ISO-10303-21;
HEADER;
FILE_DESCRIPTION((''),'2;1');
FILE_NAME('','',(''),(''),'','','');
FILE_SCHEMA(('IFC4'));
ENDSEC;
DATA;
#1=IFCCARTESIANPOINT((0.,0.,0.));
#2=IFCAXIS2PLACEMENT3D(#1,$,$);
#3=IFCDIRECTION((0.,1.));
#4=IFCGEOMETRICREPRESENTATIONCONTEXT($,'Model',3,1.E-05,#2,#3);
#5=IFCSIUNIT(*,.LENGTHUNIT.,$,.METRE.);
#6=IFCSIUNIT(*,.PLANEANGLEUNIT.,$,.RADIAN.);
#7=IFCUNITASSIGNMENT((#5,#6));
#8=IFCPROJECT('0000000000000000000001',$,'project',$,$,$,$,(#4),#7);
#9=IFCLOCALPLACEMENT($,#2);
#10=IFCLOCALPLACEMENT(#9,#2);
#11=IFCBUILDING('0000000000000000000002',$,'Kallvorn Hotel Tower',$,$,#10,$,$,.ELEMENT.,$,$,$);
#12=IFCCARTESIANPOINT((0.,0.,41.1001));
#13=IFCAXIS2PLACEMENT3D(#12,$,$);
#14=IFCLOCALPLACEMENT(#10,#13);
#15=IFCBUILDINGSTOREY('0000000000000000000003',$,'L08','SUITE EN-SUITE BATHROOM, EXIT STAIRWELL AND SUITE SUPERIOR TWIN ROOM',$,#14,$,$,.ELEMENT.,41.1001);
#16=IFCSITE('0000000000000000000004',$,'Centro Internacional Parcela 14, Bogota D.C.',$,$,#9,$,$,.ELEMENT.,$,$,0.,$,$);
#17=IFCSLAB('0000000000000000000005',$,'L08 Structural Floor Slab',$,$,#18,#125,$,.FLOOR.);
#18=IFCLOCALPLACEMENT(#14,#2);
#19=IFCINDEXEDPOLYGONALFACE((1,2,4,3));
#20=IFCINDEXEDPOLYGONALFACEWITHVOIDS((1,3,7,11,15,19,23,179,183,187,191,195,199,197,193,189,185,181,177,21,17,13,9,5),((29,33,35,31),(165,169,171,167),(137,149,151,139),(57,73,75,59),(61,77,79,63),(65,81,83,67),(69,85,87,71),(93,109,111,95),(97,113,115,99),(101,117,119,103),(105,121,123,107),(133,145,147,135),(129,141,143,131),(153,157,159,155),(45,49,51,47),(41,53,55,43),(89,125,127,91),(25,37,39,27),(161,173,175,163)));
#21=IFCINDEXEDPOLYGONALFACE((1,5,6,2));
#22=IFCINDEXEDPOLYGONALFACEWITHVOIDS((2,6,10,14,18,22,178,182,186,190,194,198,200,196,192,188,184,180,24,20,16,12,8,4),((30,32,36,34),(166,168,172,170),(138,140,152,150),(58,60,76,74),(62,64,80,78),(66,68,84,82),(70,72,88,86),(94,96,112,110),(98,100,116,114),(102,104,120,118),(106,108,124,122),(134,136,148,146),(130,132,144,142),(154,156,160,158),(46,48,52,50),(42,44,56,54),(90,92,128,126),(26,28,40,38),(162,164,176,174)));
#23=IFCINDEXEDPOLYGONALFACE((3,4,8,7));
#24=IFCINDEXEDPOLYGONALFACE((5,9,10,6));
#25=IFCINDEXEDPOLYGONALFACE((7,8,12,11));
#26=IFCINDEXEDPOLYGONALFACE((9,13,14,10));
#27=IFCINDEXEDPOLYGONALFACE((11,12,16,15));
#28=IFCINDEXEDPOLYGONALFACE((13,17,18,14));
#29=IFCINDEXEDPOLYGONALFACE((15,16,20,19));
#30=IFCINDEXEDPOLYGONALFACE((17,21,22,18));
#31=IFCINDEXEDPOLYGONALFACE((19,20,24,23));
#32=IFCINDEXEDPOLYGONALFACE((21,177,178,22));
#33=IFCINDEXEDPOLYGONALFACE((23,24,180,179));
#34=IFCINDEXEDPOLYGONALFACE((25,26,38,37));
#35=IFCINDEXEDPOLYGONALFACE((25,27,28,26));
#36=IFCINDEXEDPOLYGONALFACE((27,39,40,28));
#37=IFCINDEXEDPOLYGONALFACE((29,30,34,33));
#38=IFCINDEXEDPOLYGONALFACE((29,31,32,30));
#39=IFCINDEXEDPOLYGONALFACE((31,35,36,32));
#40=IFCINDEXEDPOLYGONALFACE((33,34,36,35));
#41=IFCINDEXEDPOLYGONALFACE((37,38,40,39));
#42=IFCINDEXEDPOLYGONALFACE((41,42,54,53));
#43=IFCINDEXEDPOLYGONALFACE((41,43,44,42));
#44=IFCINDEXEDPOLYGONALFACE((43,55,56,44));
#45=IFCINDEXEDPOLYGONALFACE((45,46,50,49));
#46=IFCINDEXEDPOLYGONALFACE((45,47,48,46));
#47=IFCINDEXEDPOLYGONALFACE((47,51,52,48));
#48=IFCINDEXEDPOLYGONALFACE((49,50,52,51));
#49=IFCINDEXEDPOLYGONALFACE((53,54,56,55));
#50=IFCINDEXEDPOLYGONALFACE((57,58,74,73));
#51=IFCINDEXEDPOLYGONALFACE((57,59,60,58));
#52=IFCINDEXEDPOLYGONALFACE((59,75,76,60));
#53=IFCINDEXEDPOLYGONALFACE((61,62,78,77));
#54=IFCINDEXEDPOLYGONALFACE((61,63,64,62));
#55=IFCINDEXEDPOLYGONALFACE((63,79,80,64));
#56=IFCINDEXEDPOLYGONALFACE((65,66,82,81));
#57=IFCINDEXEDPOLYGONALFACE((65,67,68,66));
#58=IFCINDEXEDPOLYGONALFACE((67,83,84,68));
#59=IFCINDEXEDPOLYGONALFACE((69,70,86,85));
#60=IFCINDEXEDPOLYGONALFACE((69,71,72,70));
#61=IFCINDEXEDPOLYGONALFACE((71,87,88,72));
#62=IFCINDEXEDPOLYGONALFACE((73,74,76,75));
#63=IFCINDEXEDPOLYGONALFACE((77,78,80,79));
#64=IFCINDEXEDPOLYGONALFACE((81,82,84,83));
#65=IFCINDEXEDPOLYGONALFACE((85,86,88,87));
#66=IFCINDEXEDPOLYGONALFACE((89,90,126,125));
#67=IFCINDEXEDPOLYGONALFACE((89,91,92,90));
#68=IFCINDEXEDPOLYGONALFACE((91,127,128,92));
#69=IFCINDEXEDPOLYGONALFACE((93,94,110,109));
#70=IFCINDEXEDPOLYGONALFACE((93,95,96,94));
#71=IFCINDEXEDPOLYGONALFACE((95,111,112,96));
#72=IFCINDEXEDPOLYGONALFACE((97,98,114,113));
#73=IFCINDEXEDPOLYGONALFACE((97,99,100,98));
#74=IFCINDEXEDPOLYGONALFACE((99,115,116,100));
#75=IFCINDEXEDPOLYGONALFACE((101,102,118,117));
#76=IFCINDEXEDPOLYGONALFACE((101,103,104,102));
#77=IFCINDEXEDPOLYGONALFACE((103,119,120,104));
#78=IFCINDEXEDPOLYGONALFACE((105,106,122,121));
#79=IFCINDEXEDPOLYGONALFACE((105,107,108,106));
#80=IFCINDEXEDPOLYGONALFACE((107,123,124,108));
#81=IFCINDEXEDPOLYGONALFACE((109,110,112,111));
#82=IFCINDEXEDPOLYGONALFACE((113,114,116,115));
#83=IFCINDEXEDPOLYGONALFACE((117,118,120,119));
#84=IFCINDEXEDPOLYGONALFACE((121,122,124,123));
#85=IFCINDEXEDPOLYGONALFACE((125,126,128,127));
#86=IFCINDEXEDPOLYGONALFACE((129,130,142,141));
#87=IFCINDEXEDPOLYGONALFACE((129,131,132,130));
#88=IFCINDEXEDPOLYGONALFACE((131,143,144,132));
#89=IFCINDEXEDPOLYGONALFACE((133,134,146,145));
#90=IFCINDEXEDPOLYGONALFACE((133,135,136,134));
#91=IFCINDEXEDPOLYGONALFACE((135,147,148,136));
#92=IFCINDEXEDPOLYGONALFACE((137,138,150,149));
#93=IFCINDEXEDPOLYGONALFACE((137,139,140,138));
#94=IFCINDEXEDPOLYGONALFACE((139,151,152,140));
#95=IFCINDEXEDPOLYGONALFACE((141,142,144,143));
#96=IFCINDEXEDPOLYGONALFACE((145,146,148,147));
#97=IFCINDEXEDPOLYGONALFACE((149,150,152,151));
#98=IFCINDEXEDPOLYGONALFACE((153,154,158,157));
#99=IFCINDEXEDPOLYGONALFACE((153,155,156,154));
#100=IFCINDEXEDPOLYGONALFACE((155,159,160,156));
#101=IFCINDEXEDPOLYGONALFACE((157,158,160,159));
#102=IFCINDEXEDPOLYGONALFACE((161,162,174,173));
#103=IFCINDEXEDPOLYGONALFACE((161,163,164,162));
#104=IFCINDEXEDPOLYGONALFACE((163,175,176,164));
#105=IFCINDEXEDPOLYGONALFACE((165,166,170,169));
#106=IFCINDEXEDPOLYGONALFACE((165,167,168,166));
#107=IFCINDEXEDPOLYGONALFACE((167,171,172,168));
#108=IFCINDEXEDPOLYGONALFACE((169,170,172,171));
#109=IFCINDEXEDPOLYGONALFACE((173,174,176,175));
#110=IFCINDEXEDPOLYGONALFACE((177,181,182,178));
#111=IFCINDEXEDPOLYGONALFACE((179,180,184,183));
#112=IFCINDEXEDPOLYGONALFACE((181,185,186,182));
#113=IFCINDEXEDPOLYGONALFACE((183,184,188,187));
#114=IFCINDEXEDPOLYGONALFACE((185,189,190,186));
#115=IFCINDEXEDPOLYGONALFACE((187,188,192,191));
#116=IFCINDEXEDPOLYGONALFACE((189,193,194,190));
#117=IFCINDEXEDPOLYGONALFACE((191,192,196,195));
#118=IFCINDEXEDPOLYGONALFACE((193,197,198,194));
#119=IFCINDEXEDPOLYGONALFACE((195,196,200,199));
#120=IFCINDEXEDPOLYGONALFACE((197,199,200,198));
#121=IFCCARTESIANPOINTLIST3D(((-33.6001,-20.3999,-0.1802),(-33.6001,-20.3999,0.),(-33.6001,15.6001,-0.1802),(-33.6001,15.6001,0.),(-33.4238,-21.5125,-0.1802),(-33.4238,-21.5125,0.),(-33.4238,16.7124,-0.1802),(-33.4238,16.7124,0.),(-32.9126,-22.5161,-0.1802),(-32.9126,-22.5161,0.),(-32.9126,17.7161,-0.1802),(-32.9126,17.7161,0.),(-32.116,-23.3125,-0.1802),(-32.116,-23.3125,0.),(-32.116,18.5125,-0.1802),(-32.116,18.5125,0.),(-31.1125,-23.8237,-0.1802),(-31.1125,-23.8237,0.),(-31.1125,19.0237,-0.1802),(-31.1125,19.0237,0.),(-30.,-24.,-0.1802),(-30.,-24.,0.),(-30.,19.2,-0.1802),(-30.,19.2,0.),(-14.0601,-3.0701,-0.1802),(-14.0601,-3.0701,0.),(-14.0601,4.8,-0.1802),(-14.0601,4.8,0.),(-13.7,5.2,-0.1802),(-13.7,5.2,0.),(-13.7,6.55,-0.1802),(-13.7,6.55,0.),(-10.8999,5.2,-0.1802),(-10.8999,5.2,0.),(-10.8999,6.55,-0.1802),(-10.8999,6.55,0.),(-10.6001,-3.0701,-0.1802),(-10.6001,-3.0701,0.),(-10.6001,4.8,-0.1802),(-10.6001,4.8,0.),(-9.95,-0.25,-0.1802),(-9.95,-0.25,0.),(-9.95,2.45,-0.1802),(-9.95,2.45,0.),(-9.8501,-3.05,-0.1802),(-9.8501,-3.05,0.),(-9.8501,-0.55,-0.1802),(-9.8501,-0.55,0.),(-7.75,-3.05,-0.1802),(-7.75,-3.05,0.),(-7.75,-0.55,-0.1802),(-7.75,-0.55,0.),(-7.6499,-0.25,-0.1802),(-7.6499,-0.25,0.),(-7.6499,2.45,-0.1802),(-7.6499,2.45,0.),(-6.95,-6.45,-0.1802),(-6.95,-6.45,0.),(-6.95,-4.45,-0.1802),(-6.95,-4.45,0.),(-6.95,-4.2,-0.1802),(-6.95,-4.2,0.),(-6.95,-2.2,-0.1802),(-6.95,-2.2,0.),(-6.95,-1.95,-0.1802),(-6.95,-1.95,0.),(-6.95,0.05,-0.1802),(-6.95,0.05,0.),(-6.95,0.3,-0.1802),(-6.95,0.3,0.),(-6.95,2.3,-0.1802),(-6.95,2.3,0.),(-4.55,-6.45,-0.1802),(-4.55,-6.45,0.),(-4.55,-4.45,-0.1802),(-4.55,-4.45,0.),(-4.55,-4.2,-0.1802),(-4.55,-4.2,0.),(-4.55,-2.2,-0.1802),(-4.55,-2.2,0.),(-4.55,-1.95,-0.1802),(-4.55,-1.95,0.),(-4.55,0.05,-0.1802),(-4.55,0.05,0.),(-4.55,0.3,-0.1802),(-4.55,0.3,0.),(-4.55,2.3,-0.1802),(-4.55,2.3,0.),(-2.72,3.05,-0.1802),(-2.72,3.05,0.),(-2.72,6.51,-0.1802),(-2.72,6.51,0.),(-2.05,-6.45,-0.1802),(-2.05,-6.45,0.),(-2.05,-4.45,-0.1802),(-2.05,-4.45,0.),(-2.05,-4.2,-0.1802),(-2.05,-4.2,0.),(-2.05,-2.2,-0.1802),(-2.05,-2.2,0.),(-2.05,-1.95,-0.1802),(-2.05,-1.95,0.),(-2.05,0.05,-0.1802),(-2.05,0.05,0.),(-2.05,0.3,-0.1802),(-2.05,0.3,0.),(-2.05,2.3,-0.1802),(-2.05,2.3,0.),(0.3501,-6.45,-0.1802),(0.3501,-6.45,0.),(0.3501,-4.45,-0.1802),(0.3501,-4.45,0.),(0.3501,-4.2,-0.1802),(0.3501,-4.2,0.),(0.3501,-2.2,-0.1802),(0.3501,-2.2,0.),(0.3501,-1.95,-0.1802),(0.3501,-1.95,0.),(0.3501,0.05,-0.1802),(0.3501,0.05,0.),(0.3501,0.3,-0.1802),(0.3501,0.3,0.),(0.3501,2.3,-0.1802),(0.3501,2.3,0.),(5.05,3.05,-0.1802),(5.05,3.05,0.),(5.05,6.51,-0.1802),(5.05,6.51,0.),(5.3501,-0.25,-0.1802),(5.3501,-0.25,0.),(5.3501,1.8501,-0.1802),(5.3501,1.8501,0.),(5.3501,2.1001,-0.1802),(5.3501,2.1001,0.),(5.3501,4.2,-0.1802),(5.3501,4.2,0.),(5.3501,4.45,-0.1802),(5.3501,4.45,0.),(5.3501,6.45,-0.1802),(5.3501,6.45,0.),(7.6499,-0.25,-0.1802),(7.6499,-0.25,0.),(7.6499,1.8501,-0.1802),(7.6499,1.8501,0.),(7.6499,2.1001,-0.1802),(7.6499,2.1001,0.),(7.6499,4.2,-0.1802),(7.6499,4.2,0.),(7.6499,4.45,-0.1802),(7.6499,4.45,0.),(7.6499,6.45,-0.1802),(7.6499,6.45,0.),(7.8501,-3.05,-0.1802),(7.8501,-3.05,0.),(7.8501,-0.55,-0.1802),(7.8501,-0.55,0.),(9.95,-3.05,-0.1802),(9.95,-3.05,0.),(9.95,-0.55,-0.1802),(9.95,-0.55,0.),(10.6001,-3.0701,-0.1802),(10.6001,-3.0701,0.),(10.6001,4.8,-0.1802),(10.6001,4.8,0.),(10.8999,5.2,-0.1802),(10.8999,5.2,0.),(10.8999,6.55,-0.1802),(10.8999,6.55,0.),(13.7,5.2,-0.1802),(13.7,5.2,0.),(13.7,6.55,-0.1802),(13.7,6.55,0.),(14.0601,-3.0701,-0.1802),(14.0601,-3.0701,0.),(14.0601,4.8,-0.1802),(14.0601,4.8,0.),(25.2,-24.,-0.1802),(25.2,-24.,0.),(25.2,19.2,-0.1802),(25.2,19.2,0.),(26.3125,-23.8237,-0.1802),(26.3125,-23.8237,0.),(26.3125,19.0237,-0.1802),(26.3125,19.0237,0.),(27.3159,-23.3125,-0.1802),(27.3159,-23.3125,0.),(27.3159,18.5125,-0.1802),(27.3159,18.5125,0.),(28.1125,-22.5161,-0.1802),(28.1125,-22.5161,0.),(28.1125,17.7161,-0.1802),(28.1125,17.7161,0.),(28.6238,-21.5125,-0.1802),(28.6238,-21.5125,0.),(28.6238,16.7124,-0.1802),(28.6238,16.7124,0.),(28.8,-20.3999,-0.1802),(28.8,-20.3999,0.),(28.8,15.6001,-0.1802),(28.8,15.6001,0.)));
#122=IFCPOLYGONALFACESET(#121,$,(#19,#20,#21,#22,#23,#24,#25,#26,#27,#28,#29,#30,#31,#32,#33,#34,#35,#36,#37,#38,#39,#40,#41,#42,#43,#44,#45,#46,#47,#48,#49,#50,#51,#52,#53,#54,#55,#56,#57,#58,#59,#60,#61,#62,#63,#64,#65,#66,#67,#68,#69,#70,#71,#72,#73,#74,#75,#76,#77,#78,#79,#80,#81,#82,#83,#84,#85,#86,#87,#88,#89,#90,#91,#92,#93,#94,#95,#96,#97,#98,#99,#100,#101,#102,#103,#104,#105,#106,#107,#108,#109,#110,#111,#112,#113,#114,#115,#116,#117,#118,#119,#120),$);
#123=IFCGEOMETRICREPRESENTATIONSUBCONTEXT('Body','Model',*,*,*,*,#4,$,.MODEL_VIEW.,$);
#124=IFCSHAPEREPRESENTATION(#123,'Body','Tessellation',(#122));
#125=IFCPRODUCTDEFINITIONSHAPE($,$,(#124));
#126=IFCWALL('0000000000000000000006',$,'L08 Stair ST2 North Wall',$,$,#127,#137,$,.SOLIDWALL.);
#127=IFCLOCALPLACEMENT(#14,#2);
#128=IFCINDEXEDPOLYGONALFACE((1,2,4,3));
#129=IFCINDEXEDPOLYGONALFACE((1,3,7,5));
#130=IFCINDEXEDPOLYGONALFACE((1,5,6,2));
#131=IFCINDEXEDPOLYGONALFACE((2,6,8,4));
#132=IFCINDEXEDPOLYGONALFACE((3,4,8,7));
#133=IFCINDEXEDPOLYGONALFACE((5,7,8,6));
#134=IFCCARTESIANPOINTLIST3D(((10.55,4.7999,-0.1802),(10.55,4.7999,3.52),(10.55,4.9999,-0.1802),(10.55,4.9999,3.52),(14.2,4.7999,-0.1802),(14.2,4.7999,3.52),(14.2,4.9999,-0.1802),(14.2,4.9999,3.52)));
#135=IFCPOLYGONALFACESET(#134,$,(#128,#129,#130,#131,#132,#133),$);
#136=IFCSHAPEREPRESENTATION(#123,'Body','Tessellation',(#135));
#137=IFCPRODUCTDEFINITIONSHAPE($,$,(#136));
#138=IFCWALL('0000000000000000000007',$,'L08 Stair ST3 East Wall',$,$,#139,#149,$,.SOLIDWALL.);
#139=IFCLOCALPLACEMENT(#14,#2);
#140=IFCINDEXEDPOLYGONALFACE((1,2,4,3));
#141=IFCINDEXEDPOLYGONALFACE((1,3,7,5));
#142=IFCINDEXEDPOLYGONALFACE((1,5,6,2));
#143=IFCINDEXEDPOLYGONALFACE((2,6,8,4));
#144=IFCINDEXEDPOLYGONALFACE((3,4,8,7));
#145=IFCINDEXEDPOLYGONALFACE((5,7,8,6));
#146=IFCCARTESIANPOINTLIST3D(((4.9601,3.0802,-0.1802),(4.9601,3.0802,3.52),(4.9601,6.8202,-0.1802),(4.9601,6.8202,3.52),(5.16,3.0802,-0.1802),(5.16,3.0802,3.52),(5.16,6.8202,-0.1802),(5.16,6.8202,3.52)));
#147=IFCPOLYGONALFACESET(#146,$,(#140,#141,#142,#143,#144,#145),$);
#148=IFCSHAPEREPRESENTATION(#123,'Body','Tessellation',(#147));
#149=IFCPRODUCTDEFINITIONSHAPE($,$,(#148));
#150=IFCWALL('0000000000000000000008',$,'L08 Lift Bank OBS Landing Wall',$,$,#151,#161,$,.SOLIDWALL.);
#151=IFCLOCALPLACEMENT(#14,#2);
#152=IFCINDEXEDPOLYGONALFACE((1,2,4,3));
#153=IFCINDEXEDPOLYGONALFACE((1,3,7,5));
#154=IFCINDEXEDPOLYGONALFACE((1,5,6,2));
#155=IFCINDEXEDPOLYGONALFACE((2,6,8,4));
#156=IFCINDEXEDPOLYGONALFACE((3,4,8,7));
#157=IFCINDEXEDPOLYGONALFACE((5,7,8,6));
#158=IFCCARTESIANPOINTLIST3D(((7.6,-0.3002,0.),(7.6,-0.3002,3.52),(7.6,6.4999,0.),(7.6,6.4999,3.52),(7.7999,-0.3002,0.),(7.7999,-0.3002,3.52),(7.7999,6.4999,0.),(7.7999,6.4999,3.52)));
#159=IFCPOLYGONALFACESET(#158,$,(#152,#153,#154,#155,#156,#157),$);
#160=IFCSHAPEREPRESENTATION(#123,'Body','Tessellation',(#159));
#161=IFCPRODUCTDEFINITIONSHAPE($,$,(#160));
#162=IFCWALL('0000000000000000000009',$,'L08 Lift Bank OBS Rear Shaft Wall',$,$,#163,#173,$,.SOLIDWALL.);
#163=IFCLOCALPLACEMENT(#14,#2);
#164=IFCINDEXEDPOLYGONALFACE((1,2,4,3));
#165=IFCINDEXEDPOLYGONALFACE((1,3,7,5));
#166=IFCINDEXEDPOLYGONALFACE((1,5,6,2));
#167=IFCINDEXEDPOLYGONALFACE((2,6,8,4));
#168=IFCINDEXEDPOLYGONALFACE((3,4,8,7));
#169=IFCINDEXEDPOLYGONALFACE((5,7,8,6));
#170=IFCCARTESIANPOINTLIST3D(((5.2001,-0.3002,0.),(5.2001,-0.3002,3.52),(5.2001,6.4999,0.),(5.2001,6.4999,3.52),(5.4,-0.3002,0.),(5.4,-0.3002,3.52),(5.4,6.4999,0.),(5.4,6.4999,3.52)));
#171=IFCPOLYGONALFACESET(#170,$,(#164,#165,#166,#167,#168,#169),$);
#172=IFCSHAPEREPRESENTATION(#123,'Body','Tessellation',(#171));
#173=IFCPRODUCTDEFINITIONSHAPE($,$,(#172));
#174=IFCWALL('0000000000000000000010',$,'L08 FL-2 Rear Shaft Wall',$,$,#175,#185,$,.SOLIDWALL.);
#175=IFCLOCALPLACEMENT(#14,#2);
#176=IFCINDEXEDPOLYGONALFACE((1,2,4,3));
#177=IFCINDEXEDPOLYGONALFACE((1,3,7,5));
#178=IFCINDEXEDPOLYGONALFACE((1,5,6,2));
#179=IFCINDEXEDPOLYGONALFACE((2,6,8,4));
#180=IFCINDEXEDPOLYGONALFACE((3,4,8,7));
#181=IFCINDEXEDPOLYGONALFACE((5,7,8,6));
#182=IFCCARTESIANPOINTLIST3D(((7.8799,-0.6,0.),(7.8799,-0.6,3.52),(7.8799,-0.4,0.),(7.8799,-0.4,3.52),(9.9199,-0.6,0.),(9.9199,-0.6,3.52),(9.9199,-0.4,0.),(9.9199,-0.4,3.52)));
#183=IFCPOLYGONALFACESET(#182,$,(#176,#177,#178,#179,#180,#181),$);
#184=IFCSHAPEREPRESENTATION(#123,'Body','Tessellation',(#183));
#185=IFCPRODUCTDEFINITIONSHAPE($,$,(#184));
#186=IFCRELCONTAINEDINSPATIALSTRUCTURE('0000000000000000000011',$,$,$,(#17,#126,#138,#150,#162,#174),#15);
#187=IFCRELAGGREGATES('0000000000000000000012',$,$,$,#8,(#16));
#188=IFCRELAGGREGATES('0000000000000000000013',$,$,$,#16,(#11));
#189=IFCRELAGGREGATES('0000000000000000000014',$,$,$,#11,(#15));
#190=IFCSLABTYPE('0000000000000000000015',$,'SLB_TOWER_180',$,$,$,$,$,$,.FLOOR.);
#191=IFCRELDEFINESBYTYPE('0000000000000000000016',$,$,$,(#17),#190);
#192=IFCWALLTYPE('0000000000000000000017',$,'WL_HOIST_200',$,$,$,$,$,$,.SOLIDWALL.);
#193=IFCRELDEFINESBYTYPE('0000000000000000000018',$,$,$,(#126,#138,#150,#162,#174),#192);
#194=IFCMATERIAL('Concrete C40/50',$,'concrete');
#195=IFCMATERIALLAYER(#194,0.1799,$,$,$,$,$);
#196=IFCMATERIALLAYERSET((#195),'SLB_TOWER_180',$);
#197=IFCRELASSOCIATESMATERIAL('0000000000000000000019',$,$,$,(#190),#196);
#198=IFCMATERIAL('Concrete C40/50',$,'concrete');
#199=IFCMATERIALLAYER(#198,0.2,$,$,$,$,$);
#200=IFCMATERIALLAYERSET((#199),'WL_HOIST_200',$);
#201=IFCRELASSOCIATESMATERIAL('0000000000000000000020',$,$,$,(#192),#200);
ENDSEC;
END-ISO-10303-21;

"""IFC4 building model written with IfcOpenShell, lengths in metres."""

from ifc_helpers import new_model, si_unit, direction, frame, frame_2d, origin, place, context, subcontext, project, spatial, polyline, rectangle, outline, extrude, material, layer, layer_set, type_object, element, save


model = new_model("IFC4")

# Units and contexts
model_context = context("Model", 3, precision=1e-05, world=origin(), true_north=direction((0.0, 1.0)))
body_context = subcontext(model_context, "Body", "Model", "MODEL_VIEW")
ifc_project = project(units=[si_unit("LENGTHUNIT", "METRE"), si_unit("PLANEANGLEUNIT", "RADIAN")], contexts=[model_context])

# Site, building, storey
site_placement = place(None, origin())
site = spatial("IfcSite", under=ifc_project, at=site_placement, Name="Centro Internacional Parcela 14, Bogota D.C.", CompositionType="ELEMENT", RefElevation=0.0)
building_placement = place(site_placement, origin())
building = spatial("IfcBuilding", under=site, at=building_placement, Name="Kallvorn Hotel Tower", CompositionType="ELEMENT")
storey_placement = place(building_placement, frame((0.0, 0.0, 41.1001)))
storey = spatial("IfcBuildingStorey", under=building, at=storey_placement, Name="L08", Description="SUITE EN-SUITE BATHROOM, EXIT STAIRWELL AND SUITE SUPERIOR TWIN ROOM", CompositionType="ELEMENT", Elevation=41.1001)

# Slab
ifc_material_1 = material(Name="Concrete C40/50", Category="concrete")
ifc_layer_1 = layer(ifc_material_1, 0.1799)
ifc_layer_set_1 = layer_set([ifc_layer_1], Name="SLB_TOWER_180")
slab_type_1 = type_object("IfcSlabType", Name="SLB_TOWER_180", PredefinedType="FLOOR", material=ifc_layer_set_1)
slab_1_placement = place(storey_placement, frame((0.0, 0.0, -0.1802)))
element("IfcSlab", 1, at=slab_1_placement, inside=storey, type_object=slab_type_1, Name="L08 Structural Floor Slab", PredefinedType="FLOOR", context=body_context, shape_type="SweptSolid", body=[
    extrude(outline(polyline([(25.2, -24.0), (26.3125, -23.8237), (27.3159, -23.3125), (28.1125, -22.5161), (28.6238, -21.5125), (28.8, -20.3999), (28.8, 15.6001), (28.6238, 16.7124), (28.1125, 17.7161), (27.3159, 18.5125), (26.3125, 19.0237), (25.2, 19.2), (-30.0, 19.2), (-31.1125, 19.0237), (-32.116, 18.5125), (-32.9126, 17.7161), (-33.4238, 16.7124), (-33.6001, 15.6001), (-33.6001, -20.3999), (-33.4238, -21.5125), (-32.9126, -22.5161), (-32.116, -23.3125), (-31.1125, -23.8237), (-30.0, -24.0), (25.2, -24.0)]), holes=[polyline([(-10.6001, -3.0701), (-10.6001, 4.8), (-14.0601, 4.8), (-14.0601, -3.0701), (-10.6001, -3.0701)]), polyline([(14.0601, -3.0701), (14.0601, 4.8), (10.6001, 4.8), (10.6001, -3.0701), (14.0601, -3.0701)]), polyline([(-2.72, 3.05), (5.05, 3.05), (5.05, 6.51), (-2.72, 6.51), (-2.72, 3.05)]), polyline([(-6.95, -6.45), (-4.55, -6.45), (-4.55, -4.45), (-6.95, -4.45), (-6.95, -6.45)]), polyline([(-6.95, -4.2), (-4.55, -4.2), (-4.55, -2.2), (-6.95, -2.2), (-6.95, -4.2)]), polyline([(-6.95, -1.95), (-4.55, -1.95), (-4.55, 0.05), (-6.95, 0.05), (-6.95, -1.95)]), polyline([(-6.95, 0.3), (-4.55, 0.3), (-4.55, 2.3), (-6.95, 2.3), (-6.95, 0.3)]), polyline([(-2.05, -6.45), (0.3501, -6.45), (0.3501, -4.45), (-2.05, -4.45), (-2.05, -6.45)]), polyline([(-2.05, -4.2), (0.3501, -4.2), (0.3501, -2.2), (-2.05, -2.2), (-2.05, -4.2)]), polyline([(-2.05, -1.95), (0.3501, -1.95), (0.3501, 0.05), (-2.05, 0.05), (-2.05, -1.95)]), polyline([(-2.05, 0.3), (0.3501, 0.3), (0.3501, 2.3), (-2.05, 2.3), (-2.05, 0.3)]), polyline([(5.3501, -0.25), (7.6499, -0.25), (7.6499, 1.8501), (5.3501, 1.8501), (5.3501, -0.25)]), polyline([(5.3501, 2.1001), (7.6499, 2.1001), (7.6499, 4.2), (5.3501, 4.2), (5.3501, 2.1001)]), polyline([(5.3501, 4.45), (7.6499, 4.45), (7.6499, 6.45), (5.3501, 6.45), (5.3501, 4.45)]), polyline([(-9.8501, -3.05), (-7.75, -3.05), (-7.75, -0.55), (-9.8501, -0.55), (-9.8501, -3.05)]), polyline([(7.8501, -3.05), (9.95, -3.05), (9.95, -0.55), (7.8501, -0.55), (7.8501, -3.05)]), polyline([(-9.95, -0.25), (-7.6499, -0.25), (-7.6499, 2.45), (-9.95, 2.45), (-9.95, -0.25)]), polyline([(-13.7, 5.2), (-10.8999, 5.2), (-10.8999, 6.55), (-13.7, 6.55), (-13.7, 5.2)]), polyline([(10.8999, 5.2), (13.7, 5.2), (13.7, 6.55), (10.8999, 6.55), (10.8999, 5.2)])]), origin(), (0.0, 0.0, 1.0), 0.1802),
])

# Walls
ifc_material_2 = material(Name="Concrete C40/50", Category="concrete")
ifc_layer_2 = layer(ifc_material_2, 0.2)
ifc_layer_set_2 = layer_set([ifc_layer_2], Name="WL_HOIST_200")
wall_type_1 = type_object("IfcWallType", Name="WL_HOIST_200", PredefinedType="SOLIDWALL", material=ifc_layer_set_2)
wall_1_placement = place(storey_placement, frame((10.55, 4.8999, -0.1802), z_axis=(0.0, 0.0, 1.0), x_axis=(1.0, 0.0, 0.0)))
element("IfcWall", 2, at=wall_1_placement, inside=storey, type_object=wall_type_1, Name="L08 Stair ST2 North Wall", PredefinedType="SOLIDWALL", context=body_context, shape_type="SweptSolid", body=[
    extrude(rectangle(XDim=3.6499, YDim=0.2, at=frame_2d((1.825, 0.0))), origin(), (0.0, 0.0, 1.0), 3.7002),
])
wall_2_placement = place(storey_placement, frame((5.0601, 3.0801, -0.1802), z_axis=(0.0, 0.0, 1.0), x_axis=(0.0, 1.0, 0.0)))
element("IfcWall", 3, at=wall_2_placement, inside=storey, type_object=wall_type_1, Name="L08 Stair ST3 East Wall", PredefinedType="SOLIDWALL", context=body_context, shape_type="SweptSolid", body=[
    extrude(rectangle(XDim=3.74, YDim=0.2, at=frame_2d((1.8701, 0.0))), origin(), (0.0, 0.0, 1.0), 3.7002),
])
for number, where, z_axis, x_axis, name in (
    (4, (7.7, -0.3, 0.0), (0.0, 0.0, 1.0), (0.0, 1.0, 0.0), "L08 Lift Bank OBS Landing Wall"),
    (5, (5.3, -0.3, 0.0), (0.0, 0.0, 1.0), (0.0, 1.0, 0.0), "L08 Lift Bank OBS Rear Shaft Wall"),
):
    element("IfcWall", number, at=place(storey_placement, frame(where, z_axis=z_axis, x_axis=x_axis)), inside=storey, type_object=wall_type_1, Name=name, PredefinedType="SOLIDWALL", context=body_context, shape_type="SweptSolid", body=[
        extrude(rectangle(XDim=6.8, YDim=0.2, at=frame_2d((3.3999, 0.0))), origin(), (0.0, 0.0, 1.0), 3.52),
    ])
wall_3_placement = place(storey_placement, frame((7.8799, -0.5, 0.0), z_axis=(0.0, 0.0, 1.0), x_axis=(1.0, 0.0, 0.0)))
element("IfcWall", 6, at=wall_3_placement, inside=storey, type_object=wall_type_1, Name="L08 FL-2 Rear Shaft Wall", PredefinedType="SOLIDWALL", context=body_context, shape_type="SweptSolid", body=[
    extrude(rectangle(XDim=2.04, YDim=0.2, at=frame_2d((1.02, 0.0))), origin(), (0.0, 0.0, 1.0), 3.52),
])

save(model, "model.ifc")
